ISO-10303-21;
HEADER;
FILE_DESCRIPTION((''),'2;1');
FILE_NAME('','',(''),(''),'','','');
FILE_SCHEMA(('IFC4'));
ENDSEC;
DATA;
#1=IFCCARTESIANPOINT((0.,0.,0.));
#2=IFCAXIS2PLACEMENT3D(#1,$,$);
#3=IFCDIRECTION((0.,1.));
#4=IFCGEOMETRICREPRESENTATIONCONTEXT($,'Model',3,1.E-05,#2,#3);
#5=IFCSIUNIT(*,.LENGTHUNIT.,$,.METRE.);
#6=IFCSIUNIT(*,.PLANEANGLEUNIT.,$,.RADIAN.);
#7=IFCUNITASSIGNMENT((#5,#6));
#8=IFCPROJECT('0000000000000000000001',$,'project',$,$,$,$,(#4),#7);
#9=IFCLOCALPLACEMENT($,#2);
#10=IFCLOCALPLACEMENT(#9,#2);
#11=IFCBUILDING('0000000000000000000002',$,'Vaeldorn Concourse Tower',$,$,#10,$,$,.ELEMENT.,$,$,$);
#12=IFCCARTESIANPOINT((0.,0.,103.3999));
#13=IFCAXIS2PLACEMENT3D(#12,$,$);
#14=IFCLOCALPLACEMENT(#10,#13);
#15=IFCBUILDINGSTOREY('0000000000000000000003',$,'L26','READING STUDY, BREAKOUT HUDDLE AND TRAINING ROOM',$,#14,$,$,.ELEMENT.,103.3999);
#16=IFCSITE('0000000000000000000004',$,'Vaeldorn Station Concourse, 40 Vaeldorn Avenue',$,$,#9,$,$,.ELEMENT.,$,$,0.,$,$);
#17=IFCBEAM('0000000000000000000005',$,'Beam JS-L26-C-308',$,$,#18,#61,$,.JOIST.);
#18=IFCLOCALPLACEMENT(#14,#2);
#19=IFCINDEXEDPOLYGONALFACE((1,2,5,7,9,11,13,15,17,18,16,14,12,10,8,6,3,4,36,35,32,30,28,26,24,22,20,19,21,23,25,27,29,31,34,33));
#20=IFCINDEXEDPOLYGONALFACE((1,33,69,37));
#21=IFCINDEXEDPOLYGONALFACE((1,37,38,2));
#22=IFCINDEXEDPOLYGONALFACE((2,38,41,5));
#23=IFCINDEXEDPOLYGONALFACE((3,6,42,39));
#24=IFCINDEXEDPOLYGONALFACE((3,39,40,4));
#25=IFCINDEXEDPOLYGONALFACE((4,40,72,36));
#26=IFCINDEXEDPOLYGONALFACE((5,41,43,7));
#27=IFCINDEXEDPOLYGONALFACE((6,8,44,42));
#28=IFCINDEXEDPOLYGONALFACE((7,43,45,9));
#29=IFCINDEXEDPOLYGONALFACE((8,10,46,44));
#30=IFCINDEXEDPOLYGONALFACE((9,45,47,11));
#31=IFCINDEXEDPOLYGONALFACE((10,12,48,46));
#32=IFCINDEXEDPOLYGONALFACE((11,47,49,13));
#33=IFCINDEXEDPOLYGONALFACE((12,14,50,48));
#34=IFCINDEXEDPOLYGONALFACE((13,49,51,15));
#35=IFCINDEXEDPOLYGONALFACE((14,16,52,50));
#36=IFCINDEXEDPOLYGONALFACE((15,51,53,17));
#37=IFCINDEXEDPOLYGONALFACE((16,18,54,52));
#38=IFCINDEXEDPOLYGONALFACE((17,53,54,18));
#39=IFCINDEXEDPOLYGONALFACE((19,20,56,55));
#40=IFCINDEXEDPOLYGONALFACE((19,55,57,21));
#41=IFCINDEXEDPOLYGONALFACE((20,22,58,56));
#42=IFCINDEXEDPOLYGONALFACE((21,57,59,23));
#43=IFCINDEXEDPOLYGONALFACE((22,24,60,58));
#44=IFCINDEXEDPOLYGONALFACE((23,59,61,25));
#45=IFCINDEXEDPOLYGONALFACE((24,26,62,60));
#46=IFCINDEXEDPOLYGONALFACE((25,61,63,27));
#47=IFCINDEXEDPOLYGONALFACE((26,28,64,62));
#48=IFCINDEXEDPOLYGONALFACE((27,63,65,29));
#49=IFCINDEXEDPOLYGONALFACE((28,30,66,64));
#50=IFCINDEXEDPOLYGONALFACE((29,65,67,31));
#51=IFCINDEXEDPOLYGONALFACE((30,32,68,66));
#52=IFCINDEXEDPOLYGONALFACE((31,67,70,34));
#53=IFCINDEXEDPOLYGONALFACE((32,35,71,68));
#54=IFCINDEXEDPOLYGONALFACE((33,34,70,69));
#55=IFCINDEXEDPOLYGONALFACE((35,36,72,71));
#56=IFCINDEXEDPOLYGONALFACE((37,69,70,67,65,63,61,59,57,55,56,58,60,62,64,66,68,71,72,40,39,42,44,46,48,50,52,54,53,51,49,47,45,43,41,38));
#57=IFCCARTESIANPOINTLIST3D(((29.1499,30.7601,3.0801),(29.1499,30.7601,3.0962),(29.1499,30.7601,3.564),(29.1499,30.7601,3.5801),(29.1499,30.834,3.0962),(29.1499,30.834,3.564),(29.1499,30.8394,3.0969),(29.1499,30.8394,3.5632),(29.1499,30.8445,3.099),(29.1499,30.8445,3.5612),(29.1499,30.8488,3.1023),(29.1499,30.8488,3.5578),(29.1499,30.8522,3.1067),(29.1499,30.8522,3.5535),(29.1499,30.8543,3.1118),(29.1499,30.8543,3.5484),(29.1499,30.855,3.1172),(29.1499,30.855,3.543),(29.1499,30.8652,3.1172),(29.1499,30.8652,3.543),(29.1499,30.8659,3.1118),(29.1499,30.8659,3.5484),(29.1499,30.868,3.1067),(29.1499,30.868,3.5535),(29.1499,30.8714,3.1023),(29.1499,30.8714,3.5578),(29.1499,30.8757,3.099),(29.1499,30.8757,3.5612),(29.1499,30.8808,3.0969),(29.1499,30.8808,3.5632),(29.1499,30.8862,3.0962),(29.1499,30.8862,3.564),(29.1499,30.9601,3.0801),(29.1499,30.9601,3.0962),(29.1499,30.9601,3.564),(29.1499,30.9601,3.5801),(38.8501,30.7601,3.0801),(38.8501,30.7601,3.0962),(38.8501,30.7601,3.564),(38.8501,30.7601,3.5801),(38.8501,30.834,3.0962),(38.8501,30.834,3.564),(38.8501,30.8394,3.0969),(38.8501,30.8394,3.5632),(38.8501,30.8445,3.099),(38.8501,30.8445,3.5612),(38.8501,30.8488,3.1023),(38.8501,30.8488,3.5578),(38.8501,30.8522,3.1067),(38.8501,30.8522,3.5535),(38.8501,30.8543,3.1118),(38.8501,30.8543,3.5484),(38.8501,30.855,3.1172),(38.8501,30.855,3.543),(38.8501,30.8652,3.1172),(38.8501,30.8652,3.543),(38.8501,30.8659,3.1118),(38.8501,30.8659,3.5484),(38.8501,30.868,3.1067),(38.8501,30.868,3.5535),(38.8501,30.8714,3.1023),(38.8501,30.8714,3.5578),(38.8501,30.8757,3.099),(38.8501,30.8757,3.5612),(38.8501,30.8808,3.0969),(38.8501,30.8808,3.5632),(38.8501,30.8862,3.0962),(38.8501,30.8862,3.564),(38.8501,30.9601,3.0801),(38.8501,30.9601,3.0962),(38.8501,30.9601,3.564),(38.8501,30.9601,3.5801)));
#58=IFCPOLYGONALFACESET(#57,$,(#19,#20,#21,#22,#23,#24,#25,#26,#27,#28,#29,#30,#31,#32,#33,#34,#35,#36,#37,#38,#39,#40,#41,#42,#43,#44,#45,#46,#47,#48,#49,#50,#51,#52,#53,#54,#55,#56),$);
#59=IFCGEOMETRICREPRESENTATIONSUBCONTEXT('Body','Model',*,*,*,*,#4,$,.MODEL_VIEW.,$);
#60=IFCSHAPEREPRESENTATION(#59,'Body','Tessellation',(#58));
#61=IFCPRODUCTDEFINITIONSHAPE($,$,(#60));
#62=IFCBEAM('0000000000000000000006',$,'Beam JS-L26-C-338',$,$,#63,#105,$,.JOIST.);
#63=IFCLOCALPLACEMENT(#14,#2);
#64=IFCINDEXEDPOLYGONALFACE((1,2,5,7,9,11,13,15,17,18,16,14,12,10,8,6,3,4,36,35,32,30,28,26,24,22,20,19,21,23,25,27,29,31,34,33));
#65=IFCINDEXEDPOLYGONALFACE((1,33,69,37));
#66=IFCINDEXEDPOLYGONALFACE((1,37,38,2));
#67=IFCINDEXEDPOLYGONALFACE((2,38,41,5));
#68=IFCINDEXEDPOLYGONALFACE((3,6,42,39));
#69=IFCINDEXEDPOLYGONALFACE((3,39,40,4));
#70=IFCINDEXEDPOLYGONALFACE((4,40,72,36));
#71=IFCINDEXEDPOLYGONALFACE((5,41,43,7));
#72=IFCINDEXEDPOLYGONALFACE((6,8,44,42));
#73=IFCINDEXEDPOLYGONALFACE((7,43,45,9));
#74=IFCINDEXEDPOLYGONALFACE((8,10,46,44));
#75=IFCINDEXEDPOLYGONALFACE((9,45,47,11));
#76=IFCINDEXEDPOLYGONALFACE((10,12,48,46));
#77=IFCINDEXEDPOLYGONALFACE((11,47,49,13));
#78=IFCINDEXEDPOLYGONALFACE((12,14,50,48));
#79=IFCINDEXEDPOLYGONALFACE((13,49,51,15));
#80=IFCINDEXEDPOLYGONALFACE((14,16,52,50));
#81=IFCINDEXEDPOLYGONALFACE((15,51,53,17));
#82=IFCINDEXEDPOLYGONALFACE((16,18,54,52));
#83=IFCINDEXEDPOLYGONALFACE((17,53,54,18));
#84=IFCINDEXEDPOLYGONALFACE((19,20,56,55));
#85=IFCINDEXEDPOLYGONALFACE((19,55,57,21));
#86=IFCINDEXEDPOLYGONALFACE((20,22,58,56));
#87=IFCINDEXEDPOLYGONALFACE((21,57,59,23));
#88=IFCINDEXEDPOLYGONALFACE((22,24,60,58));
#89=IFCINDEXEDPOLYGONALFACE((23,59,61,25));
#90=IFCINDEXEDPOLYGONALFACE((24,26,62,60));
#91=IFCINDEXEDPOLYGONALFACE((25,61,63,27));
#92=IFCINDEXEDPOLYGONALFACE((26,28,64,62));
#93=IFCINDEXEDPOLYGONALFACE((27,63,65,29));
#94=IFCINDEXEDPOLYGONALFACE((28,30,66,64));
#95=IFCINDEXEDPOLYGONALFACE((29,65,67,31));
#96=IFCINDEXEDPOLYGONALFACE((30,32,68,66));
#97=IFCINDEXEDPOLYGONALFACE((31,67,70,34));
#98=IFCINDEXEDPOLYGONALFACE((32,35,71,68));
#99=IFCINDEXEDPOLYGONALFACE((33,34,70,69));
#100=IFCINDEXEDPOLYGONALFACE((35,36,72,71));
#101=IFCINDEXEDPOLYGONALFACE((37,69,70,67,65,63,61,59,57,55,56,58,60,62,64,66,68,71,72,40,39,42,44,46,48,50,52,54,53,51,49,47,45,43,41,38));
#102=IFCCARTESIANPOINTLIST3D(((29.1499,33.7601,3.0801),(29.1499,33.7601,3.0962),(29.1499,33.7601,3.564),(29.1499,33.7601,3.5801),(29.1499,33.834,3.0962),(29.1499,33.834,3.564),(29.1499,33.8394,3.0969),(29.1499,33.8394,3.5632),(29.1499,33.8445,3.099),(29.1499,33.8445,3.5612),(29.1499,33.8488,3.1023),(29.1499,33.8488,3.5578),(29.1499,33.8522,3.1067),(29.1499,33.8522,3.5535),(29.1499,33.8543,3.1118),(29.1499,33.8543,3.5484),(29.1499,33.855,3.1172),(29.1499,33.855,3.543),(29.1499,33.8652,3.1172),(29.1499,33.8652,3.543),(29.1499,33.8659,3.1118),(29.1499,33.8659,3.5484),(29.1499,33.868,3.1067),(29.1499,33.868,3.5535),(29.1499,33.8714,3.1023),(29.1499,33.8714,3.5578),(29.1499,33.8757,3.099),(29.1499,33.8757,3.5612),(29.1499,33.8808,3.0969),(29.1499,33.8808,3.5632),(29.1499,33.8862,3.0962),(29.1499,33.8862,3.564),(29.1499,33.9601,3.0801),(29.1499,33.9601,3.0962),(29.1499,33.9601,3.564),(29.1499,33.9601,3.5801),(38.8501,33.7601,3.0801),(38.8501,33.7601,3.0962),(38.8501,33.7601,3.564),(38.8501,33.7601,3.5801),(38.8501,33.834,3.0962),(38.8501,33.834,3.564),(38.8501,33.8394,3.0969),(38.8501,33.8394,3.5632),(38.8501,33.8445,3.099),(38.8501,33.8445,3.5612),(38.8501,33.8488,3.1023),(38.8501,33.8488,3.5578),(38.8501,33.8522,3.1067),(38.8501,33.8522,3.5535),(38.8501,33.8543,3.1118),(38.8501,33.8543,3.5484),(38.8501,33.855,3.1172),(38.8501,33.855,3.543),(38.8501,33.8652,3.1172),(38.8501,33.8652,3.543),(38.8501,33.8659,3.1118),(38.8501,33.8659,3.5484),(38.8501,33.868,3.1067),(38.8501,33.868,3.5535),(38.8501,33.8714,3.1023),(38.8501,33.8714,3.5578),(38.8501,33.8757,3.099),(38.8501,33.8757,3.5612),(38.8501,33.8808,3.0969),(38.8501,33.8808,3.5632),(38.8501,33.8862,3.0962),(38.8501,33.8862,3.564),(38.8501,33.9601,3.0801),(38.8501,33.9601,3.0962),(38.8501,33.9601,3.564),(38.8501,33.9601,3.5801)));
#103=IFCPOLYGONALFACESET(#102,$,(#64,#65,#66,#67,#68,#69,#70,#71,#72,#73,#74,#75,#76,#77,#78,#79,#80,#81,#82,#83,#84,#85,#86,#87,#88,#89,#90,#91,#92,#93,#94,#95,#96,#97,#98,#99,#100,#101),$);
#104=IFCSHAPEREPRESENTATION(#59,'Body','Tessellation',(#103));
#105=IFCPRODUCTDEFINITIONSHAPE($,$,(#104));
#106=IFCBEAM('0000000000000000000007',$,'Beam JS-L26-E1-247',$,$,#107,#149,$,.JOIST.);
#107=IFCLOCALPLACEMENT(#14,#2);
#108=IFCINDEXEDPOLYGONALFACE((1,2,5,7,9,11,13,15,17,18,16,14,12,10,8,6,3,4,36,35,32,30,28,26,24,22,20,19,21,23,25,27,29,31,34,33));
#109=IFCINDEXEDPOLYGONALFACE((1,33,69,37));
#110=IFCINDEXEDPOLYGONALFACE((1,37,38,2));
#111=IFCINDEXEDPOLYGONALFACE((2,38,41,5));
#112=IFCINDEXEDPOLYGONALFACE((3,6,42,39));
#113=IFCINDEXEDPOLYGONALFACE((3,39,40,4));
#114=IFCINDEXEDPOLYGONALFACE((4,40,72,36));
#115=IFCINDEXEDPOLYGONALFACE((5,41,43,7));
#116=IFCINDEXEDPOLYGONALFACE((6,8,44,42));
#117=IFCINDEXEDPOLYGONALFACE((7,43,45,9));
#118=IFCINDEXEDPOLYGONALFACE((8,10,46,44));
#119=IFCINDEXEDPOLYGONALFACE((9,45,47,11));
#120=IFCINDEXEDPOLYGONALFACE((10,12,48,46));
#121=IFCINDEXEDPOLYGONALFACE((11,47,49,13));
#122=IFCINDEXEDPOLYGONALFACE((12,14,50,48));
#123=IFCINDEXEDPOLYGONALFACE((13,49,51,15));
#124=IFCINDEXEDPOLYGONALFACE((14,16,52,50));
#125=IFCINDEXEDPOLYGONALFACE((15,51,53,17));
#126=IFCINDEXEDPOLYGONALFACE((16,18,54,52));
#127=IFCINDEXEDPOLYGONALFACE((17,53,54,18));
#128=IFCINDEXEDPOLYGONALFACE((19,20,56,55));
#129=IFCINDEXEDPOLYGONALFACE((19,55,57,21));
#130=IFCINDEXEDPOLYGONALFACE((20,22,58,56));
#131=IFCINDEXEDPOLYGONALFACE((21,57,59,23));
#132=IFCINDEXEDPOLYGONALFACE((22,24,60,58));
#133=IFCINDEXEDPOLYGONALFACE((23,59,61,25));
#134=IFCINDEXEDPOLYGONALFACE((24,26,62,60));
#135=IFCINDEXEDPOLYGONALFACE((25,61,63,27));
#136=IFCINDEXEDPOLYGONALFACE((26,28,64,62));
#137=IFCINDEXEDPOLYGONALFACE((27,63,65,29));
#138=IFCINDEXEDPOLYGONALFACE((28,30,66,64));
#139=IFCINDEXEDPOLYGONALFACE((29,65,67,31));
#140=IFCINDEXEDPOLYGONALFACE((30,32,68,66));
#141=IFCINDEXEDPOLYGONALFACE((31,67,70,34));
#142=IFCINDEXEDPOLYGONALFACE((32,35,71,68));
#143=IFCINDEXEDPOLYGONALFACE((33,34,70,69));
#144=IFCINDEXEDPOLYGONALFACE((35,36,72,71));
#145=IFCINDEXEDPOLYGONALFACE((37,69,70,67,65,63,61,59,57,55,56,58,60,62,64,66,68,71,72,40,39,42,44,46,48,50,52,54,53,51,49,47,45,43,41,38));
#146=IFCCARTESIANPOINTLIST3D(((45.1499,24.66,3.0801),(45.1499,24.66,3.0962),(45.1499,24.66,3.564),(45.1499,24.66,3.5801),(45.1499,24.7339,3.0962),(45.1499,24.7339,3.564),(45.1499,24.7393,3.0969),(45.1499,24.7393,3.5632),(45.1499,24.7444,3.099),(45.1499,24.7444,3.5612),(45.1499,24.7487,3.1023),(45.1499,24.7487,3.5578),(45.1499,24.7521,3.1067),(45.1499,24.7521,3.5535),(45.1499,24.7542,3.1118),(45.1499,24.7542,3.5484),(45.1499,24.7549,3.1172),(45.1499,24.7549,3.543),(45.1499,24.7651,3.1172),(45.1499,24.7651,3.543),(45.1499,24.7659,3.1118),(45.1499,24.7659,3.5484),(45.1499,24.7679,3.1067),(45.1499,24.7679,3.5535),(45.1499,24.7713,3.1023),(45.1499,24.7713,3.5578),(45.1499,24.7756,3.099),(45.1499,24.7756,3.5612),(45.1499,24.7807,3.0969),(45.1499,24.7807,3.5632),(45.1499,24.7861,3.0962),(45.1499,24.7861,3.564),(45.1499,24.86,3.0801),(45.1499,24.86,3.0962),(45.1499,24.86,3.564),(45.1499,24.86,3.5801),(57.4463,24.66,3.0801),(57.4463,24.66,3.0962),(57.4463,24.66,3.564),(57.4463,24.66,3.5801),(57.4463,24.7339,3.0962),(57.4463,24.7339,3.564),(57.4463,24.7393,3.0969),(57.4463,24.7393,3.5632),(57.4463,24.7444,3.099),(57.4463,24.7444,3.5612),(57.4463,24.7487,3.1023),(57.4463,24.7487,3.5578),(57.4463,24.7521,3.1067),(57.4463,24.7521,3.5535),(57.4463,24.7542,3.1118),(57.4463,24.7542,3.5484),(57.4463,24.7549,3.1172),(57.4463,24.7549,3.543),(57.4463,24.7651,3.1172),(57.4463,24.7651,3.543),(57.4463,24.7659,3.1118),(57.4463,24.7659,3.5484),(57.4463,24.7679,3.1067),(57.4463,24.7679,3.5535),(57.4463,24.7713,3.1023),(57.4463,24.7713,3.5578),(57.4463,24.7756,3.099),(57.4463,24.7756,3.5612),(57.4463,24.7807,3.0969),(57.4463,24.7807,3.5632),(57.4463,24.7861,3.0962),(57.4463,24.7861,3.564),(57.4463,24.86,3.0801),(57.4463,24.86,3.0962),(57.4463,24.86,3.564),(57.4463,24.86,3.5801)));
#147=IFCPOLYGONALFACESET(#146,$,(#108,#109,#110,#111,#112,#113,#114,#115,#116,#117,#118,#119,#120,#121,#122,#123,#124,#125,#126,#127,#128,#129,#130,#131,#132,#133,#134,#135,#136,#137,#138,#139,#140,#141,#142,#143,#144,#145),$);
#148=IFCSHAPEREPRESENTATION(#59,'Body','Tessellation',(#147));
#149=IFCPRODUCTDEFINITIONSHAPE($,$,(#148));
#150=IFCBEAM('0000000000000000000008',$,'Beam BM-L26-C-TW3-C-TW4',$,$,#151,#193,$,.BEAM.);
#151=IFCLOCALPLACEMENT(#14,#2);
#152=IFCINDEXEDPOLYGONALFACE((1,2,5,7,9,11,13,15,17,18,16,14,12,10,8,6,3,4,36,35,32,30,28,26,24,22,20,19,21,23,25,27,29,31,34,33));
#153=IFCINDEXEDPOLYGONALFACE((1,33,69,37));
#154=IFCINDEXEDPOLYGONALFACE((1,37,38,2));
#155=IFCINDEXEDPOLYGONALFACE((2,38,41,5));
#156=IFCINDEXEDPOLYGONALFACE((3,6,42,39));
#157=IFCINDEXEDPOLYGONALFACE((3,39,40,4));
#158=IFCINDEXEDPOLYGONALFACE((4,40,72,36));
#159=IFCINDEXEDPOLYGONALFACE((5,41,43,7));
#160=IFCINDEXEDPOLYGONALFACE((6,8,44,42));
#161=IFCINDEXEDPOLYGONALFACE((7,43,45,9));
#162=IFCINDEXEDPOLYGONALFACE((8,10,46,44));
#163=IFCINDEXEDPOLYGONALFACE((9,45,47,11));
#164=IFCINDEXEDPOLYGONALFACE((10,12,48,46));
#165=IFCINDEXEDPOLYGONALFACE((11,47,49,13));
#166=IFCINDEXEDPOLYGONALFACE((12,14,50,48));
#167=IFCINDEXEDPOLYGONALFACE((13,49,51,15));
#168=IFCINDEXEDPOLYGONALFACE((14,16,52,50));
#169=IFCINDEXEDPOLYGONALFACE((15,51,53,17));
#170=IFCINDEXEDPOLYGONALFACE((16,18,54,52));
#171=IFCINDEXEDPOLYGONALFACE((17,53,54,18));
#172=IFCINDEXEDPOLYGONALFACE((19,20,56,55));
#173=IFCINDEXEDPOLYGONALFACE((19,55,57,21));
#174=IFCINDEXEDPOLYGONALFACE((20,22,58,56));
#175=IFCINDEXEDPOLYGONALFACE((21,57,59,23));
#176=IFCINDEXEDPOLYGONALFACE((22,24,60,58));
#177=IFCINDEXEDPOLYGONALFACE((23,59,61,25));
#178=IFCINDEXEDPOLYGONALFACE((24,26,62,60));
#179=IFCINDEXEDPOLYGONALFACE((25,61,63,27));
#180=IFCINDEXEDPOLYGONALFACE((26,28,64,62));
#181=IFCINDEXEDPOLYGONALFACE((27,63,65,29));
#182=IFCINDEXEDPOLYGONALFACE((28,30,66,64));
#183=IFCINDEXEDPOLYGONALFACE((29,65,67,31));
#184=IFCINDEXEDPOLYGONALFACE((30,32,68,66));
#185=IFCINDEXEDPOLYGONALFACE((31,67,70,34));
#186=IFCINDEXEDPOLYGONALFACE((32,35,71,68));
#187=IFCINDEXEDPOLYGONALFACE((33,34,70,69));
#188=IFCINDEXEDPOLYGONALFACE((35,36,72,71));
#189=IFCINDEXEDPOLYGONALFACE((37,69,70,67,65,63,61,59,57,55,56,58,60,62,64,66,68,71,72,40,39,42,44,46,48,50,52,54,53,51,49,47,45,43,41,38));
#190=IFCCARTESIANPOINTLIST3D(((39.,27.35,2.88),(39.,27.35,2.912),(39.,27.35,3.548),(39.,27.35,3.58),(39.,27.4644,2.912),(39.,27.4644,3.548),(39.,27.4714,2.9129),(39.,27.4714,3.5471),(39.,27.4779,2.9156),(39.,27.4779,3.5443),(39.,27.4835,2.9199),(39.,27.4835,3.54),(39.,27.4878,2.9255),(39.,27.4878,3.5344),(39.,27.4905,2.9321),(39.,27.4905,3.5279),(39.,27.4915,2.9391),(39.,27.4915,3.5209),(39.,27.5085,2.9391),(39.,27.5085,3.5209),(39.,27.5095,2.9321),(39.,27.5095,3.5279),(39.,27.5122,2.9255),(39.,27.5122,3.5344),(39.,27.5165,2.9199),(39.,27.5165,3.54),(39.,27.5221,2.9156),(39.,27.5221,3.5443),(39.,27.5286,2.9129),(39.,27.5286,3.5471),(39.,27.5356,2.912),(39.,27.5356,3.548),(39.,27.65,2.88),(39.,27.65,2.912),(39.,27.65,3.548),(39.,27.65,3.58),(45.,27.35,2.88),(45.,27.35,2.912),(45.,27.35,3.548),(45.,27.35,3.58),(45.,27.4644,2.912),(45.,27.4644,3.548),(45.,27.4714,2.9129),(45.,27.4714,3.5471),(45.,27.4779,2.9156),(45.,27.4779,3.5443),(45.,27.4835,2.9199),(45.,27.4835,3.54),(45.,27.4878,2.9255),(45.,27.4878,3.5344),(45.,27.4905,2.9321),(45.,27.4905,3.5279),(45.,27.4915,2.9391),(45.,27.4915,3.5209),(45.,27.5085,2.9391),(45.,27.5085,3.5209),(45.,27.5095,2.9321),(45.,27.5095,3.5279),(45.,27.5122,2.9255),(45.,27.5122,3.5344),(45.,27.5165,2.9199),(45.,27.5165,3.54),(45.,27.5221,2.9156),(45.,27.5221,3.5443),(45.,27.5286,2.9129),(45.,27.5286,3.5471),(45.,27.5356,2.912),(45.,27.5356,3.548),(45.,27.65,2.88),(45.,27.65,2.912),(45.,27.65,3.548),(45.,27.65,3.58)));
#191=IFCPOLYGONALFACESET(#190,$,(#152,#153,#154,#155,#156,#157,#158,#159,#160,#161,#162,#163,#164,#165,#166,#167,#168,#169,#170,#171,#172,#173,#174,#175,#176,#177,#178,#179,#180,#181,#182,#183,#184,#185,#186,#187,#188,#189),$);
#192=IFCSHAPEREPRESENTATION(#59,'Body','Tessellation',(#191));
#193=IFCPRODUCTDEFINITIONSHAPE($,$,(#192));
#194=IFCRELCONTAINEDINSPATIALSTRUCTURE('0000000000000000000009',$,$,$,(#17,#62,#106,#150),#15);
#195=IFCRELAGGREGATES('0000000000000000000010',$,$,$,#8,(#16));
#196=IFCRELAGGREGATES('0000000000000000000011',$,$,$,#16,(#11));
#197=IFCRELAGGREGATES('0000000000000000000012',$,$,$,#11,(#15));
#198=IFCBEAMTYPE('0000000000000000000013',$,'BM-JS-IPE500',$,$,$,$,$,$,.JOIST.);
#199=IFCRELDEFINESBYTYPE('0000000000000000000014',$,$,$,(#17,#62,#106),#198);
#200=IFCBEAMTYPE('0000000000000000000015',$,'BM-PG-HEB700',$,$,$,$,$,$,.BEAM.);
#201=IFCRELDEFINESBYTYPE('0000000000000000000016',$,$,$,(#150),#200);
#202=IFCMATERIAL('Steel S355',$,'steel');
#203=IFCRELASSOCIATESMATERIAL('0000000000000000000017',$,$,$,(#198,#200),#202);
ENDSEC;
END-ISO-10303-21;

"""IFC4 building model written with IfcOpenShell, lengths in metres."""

from ifc_helpers import new_model, si_unit, direction, frame, origin, origin_2d, place, context, subcontext, project, spatial, i_section, extrude, source, transform, mapped, material, material_profile, profile_set, type_object, element, save


model = new_model("IFC4")

# Units and contexts
model_context = context("Model", 3, precision=1e-05, world=origin(), true_north=direction((0.0, 1.0)))
body_context = subcontext(model_context, "Body", "Model", "MODEL_VIEW")
ifc_project = project(units=[si_unit("LENGTHUNIT", "METRE"), si_unit("PLANEANGLEUNIT", "RADIAN")], contexts=[model_context])

# Site, building, storey
site_placement = place(None, origin())
site = spatial("IfcSite", under=ifc_project, at=site_placement, Name="Vaeldorn Station Concourse, 40 Vaeldorn Avenue", CompositionType="ELEMENT", RefElevation=0.0)
building_placement = place(site_placement, origin())
building = spatial("IfcBuilding", under=site, at=building_placement, Name="Vaeldorn Concourse Tower", CompositionType="ELEMENT")
storey_placement = place(building_placement, frame((0.0, 0.0, 103.3999)))
storey = spatial("IfcBuildingStorey", under=building, at=storey_placement, Name="L26", Description="READING STUDY, BREAKOUT HUDDLE AND TRAINING ROOM", CompositionType="ELEMENT", Elevation=103.3999)

# Beams
ifc_material_1 = material(Name="Steel S355", Category="steel")
ifc_material_profile_1 = material_profile(ifc_material_1, i_section(OverallWidth=0.2, OverallDepth=0.5, WebThickness=0.0103, FlangeThickness=0.0161, FilletRadius=0.021, at=origin_2d()), Name="IPE 500")
ifc_profile_set_1 = profile_set([ifc_material_profile_1], Name="Steel S355")
beam_type_1 = type_object("IfcBeamType", Name="BM-JS-IPE500", PredefinedType="JOIST", material=ifc_profile_set_1)
shared_shape_1 = source(origin(), body_context, "Body", "SweptSolid", [
    extrude(i_section(OverallWidth=0.2, OverallDepth=0.5, WebThickness=0.0103, FlangeThickness=0.0161, FilletRadius=0.021, at=origin_2d()), origin(), (0.0, 0.0, 1.0), 9.7002),
])
for number, where, z_axis, x_axis, name in (
    (1, (29.1499, 30.8601, 3.3301), (1.0, 0.0, 0.0), (0.0, 1.0, 0.0), "Beam JS-L26-C-308"),
    (2, (29.1499, 33.8601, 3.3301), (1.0, 0.0, 0.0), (0.0, 1.0, 0.0), "Beam JS-L26-C-338"),
):
    element("IfcBeam", number, at=place(storey_placement, frame(where, z_axis=z_axis, x_axis=x_axis)), inside=storey, type_object=beam_type_1, Name=name, PredefinedType="JOIST", context=body_context, shape_type="MappedRepresentation", body=[
        mapped(shared_shape_1, transform((0.0, 0.0, 0.0), scale=1.0)),
    ])
shared_shape_2 = source(origin(), body_context, "Body", "SweptSolid", [
    extrude(i_section(OverallWidth=0.2, OverallDepth=0.5, WebThickness=0.0103, FlangeThickness=0.0161, FilletRadius=0.021, at=origin_2d()), origin(), (0.0, 0.0, 1.0), 12.2964),
])
beam_1_placement = place(storey_placement, frame((45.1499, 24.76, 3.3301), z_axis=(1.0, 0.0, 0.0), x_axis=(0.0, 1.0, 0.0)))
element("IfcBeam", 3, at=beam_1_placement, inside=storey, type_object=beam_type_1, Name="Beam JS-L26-E1-247", PredefinedType="JOIST", context=body_context, shape_type="MappedRepresentation", body=[
    mapped(shared_shape_2, transform((0.0, 0.0, 0.0), scale=1.0)),
])
ifc_material_profile_2 = material_profile(ifc_material_1, i_section(OverallWidth=0.3, OverallDepth=0.7, WebThickness=0.0171, FlangeThickness=0.032, FilletRadius=0.0271, at=origin_2d()), Name="HEB 700")
ifc_profile_set_2 = profile_set([ifc_material_profile_2], Name="Steel S355")
beam_type_2 = type_object("IfcBeamType", Name="BM-PG-HEB700", PredefinedType="BEAM", material=ifc_profile_set_2)
shared_shape_3 = source(origin(), body_context, "Body", "SweptSolid", [
    extrude(i_section(OverallWidth=0.3, OverallDepth=0.7, WebThickness=0.0171, FlangeThickness=0.032, FilletRadius=0.0271, at=origin_2d()), origin(), (0.0, 0.0, 1.0), 6.0),
])
beam_2_placement = place(storey_placement, frame((39.0, 27.5, 3.23), z_axis=(1.0, 0.0, 0.0), x_axis=(0.0, 1.0, 0.0)))
element("IfcBeam", 4, at=beam_2_placement, inside=storey, type_object=beam_type_2, Name="Beam BM-L26-C-TW3-C-TW4", PredefinedType="BEAM", context=body_context, shape_type="MappedRepresentation", body=[
    mapped(shared_shape_3, transform((0.0, 0.0, 0.0), scale=1.0)),
])

save(model, "model.ifc")
